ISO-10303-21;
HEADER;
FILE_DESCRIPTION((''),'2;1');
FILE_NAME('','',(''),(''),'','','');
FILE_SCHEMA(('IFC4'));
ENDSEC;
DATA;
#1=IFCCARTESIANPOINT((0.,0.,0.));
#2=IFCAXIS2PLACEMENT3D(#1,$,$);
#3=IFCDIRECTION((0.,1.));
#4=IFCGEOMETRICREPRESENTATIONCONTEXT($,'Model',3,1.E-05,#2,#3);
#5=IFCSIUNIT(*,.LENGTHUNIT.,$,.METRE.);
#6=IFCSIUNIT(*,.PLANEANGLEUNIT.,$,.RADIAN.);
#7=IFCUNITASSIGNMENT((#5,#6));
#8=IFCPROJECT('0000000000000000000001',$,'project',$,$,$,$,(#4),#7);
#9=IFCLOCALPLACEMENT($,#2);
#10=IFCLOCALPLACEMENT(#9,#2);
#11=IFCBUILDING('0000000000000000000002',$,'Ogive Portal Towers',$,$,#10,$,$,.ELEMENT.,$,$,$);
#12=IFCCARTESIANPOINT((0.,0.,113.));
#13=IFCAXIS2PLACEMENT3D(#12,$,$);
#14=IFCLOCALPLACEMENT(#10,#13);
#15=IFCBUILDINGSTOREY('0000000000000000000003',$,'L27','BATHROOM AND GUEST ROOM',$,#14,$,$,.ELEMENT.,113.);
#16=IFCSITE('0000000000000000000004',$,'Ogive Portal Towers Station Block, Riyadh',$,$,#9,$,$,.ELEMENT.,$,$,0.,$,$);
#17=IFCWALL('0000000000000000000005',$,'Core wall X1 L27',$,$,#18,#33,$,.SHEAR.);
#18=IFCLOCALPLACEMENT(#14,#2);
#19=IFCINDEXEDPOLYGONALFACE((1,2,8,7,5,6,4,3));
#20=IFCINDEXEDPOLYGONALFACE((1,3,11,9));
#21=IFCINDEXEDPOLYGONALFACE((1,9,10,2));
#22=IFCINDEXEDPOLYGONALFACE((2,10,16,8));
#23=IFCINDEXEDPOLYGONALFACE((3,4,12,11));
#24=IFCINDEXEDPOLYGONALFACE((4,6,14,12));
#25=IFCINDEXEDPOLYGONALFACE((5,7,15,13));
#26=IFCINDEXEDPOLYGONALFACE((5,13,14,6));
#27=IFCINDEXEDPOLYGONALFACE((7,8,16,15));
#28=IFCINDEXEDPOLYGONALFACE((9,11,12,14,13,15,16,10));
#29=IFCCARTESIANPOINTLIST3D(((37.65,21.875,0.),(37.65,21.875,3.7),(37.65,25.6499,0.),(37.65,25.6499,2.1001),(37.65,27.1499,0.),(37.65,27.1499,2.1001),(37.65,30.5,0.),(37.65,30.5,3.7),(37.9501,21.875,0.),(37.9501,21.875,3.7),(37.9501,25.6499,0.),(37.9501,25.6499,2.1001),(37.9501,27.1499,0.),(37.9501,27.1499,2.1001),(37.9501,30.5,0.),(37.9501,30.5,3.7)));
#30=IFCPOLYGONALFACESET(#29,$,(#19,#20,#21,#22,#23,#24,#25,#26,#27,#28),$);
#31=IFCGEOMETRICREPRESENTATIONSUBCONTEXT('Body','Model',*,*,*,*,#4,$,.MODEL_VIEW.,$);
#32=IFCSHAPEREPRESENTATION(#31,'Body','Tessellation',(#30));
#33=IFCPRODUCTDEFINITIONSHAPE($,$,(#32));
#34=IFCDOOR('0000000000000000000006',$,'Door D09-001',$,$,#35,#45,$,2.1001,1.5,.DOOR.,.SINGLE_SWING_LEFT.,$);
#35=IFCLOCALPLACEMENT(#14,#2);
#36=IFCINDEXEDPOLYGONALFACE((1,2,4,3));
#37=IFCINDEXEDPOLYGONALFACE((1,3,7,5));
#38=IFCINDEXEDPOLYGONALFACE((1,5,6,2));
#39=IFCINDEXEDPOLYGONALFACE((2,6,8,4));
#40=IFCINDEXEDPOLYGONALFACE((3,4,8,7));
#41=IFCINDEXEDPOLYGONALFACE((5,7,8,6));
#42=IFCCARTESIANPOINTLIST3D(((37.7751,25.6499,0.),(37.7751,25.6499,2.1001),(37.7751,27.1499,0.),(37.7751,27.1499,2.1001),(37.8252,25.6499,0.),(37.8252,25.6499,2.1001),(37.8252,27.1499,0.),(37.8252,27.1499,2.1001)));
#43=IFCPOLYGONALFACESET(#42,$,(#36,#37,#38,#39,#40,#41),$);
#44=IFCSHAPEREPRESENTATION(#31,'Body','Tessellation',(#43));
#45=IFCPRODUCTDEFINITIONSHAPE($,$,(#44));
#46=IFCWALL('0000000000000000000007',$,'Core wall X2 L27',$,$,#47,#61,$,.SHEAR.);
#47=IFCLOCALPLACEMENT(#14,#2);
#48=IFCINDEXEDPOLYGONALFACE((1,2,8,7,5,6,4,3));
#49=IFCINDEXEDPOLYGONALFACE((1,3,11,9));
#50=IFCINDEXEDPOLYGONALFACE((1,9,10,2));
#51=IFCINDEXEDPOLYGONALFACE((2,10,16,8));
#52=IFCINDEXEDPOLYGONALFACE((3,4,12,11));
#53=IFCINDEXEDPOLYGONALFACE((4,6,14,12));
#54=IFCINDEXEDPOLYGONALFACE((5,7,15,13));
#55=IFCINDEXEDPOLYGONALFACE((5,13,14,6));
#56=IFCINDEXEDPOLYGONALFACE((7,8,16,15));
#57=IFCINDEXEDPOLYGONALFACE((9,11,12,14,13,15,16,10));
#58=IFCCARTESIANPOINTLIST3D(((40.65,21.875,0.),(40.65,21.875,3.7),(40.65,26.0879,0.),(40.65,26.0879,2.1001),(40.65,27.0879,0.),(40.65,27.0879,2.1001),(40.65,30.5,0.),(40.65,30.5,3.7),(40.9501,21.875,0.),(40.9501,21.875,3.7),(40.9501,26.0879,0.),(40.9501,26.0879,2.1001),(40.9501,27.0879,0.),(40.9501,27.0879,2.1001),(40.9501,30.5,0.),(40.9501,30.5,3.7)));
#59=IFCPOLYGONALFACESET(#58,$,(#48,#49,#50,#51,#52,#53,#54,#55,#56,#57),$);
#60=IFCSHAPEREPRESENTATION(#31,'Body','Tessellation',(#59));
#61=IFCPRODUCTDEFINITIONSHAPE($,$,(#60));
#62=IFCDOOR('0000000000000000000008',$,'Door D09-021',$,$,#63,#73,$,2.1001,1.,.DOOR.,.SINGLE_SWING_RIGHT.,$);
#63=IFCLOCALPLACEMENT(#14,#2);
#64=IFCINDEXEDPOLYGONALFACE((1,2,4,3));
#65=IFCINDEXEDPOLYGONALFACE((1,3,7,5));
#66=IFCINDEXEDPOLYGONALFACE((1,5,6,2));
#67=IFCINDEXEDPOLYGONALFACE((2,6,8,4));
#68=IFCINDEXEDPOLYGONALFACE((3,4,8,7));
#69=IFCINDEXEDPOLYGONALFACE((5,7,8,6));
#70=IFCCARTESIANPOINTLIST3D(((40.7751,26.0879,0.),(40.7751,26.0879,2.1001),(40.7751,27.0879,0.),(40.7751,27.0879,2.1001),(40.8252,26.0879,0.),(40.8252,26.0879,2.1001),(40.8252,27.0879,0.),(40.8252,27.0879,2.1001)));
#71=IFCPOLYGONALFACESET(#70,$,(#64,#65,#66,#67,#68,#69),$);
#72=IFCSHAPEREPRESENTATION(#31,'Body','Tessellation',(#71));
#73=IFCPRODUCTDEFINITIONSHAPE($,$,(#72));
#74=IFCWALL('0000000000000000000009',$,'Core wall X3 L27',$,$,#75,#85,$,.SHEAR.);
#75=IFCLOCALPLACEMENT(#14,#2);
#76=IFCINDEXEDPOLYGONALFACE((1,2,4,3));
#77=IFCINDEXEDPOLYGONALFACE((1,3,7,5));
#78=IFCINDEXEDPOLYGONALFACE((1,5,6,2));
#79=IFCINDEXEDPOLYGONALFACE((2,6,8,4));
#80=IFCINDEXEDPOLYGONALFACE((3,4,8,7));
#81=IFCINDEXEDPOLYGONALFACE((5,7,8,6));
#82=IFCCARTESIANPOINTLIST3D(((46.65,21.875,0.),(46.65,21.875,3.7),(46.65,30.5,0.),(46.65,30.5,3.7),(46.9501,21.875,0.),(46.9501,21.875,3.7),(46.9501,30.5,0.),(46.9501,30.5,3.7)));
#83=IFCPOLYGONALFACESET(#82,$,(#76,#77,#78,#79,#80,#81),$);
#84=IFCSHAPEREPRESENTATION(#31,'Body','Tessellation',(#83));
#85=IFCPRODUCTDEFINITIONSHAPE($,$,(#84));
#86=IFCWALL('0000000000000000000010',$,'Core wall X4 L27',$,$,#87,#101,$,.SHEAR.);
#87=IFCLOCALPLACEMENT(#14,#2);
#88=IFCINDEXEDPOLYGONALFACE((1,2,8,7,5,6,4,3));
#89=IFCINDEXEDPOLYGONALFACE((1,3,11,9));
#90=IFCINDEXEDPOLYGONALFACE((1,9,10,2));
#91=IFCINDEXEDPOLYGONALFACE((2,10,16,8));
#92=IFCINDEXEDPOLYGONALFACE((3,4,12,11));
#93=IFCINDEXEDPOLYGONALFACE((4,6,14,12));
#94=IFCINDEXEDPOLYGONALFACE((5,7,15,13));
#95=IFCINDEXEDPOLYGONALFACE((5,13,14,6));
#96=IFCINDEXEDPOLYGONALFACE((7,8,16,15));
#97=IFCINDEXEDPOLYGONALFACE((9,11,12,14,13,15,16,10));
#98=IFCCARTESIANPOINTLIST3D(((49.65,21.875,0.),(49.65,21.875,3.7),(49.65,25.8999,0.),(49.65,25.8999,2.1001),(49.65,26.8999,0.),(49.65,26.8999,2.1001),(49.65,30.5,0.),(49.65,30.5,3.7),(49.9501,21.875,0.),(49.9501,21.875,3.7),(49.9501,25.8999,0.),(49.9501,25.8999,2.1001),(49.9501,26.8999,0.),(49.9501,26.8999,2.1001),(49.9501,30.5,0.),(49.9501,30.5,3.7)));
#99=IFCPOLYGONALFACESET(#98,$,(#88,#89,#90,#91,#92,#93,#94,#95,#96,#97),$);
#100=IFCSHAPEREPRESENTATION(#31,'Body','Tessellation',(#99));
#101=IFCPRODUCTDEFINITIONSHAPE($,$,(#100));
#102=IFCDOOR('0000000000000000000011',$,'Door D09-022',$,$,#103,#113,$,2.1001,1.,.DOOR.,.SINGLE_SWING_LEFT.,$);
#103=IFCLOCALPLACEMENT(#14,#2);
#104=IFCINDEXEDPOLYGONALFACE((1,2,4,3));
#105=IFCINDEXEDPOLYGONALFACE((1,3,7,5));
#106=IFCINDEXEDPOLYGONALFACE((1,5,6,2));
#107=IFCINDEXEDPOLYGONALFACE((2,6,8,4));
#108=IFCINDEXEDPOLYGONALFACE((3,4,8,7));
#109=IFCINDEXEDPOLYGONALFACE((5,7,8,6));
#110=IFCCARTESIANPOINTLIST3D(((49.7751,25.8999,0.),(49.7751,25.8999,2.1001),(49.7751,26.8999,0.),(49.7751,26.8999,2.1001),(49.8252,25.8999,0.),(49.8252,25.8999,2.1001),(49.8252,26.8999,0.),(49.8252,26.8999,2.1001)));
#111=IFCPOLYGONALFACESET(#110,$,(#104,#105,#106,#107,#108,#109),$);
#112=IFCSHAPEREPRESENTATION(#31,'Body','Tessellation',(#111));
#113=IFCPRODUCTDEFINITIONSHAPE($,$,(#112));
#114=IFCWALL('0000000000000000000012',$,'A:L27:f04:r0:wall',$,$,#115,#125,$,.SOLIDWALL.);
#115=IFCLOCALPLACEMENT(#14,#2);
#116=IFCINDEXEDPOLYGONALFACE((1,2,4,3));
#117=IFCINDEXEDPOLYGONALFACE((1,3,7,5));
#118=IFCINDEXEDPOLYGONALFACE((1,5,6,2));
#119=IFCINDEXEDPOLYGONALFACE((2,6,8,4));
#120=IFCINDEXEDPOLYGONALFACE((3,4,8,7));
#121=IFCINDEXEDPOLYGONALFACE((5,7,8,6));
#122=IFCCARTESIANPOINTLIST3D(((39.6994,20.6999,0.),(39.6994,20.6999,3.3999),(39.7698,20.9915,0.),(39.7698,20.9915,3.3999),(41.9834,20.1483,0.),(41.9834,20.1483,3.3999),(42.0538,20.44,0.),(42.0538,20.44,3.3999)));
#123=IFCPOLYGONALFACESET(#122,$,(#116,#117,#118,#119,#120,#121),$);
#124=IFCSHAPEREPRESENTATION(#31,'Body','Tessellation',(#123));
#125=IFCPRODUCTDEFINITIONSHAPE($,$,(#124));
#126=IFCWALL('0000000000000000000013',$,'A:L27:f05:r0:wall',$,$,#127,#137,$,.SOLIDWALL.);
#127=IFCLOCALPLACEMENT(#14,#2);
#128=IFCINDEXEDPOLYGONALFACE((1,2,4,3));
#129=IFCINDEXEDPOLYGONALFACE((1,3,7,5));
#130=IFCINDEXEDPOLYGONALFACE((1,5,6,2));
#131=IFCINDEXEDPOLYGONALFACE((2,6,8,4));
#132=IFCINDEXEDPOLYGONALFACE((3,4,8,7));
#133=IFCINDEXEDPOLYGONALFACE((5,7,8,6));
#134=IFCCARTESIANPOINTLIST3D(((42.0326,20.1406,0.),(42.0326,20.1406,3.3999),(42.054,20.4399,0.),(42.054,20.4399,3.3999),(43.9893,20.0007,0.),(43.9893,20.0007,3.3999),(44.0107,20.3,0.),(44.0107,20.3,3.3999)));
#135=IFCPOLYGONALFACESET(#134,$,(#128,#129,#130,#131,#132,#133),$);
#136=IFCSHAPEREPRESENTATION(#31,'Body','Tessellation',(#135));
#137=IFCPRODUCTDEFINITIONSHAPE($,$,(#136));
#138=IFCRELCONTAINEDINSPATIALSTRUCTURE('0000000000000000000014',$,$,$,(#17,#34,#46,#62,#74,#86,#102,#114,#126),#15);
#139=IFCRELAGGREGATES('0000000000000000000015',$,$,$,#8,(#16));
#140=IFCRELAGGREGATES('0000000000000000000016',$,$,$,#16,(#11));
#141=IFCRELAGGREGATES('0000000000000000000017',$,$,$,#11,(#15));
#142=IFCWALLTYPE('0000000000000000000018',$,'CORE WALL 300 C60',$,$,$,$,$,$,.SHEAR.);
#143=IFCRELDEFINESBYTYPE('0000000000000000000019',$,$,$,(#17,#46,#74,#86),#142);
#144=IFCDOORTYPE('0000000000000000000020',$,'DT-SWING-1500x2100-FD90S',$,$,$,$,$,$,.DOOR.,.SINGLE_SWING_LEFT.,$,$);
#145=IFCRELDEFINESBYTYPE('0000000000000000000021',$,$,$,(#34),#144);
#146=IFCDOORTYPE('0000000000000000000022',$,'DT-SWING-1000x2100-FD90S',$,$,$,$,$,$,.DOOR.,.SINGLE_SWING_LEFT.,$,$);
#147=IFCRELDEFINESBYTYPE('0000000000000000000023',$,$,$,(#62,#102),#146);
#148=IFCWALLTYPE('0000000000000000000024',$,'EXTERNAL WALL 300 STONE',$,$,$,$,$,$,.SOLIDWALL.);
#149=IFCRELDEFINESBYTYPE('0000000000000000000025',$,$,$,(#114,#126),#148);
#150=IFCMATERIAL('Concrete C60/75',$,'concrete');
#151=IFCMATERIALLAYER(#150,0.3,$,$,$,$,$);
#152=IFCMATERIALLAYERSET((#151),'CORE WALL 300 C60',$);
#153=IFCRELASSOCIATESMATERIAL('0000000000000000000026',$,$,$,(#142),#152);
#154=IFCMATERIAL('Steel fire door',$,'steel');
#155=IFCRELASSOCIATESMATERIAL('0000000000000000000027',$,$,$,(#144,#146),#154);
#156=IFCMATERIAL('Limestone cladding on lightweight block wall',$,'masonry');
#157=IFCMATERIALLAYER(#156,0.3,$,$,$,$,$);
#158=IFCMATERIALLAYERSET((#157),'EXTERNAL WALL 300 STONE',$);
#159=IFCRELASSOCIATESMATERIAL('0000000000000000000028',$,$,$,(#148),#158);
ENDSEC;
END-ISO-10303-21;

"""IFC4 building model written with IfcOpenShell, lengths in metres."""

from ifc_helpers import new_model, si_unit, direction, frame, frame_2d, origin, place, context, subcontext, project, spatial, rectangle, extrude, material, layer, layer_set, type_object, element, fill, save


model = new_model("IFC4")

# Units and contexts
model_context = context("Model", 3, precision=1e-05, world=origin(), true_north=direction((0.0, 1.0)))
body_context = subcontext(model_context, "Body", "Model", "MODEL_VIEW")
ifc_project = project(units=[si_unit("LENGTHUNIT", "METRE"), si_unit("PLANEANGLEUNIT", "RADIAN")], contexts=[model_context])

# Site, building, storey
site_placement = place(None, origin())
site = spatial("IfcSite", under=ifc_project, at=site_placement, Name="Ogive Portal Towers Station Block, Riyadh", CompositionType="ELEMENT", RefElevation=0.0)
building_placement = place(site_placement, origin())
building = spatial("IfcBuilding", under=site, at=building_placement, Name="Ogive Portal Towers", CompositionType="ELEMENT")
storey_placement = place(building_placement, frame((0.0, 0.0, 113.0)))
storey = spatial("IfcBuildingStorey", under=building, at=storey_placement, Name="L27", Description="BATHROOM AND GUEST ROOM", CompositionType="ELEMENT", Elevation=113.0)

# Walls, openings, doors
ifc_material_1 = material(Name="Concrete C60/75", Category="concrete")
ifc_layer_1 = layer(ifc_material_1, 0.3)
ifc_layer_set_1 = layer_set([ifc_layer_1], Name="CORE WALL 300 C60")
wall_type_1 = type_object("IfcWallType", Name="CORE WALL 300 C60", PredefinedType="SHEAR", material=ifc_layer_set_1)
wall_1_placement = place(storey_placement, frame((37.8, 21.875, 0.0), z_axis=(0.0, 0.0, 1.0), x_axis=(0.0, 1.0, 0.0)))
wall_1 = element("IfcWall", 1, at=wall_1_placement, inside=storey, type_object=wall_type_1, Name="Core wall X1 L27", PredefinedType="SHEAR", context=body_context, shape_type="SweptSolid", body=[
    extrude(rectangle(XDim=8.625, YDim=0.3, at=frame_2d((4.3125, 0.0))), origin(), (0.0, 0.0, 1.0), 3.7),
])
opening_1_placement = place(wall_1_placement, frame((3.7749, 0.0, 0.0)))
opening_1 = element("IfcOpeningElement", 2, at=opening_1_placement, cuts=wall_1, PredefinedType="OPENING", context=body_context, shape_type="SweptSolid", body=[
    extrude(rectangle(XDim=1.5, YDim=2.1001, at=frame_2d((0.75, 1.05))), frame((0.0, 0.1602, 0.0), z_axis=(0.0, -1.0, 0.0), x_axis=(1.0, 0.0, 0.0)), (0.0, 0.0, 1.0), 0.3201),
])
ifc_material_2 = material(Name="Steel fire door", Category="steel")
door_type_1 = type_object("IfcDoorType", Name="DT-SWING-1500x2100-FD90S", OperationType="SINGLE_SWING_LEFT", PredefinedType="DOOR", material=ifc_material_2)
door_1_placement = place(opening_1_placement, origin())
door_1 = element("IfcDoor", 3, at=door_1_placement, inside=storey, type_object=door_type_1, Name="Door D09-001", OperationType="SINGLE_SWING_LEFT", OverallHeight=2.1001, OverallWidth=1.5, PredefinedType="DOOR", context=body_context, shape_type="SweptSolid", body=[
    extrude(rectangle(XDim=1.5, YDim=2.1001, at=frame_2d((0.75, 1.05))), frame((0.0, 0.0249, 0.0), z_axis=(0.0, -1.0, 0.0), x_axis=(1.0, 0.0, 0.0)), (0.0, 0.0, 1.0), 0.05),
])
fill(opening_1, door_1)
wall_2_placement = place(storey_placement, frame((40.8, 21.875, 0.0), z_axis=(0.0, 0.0, 1.0), x_axis=(0.0, 1.0, 0.0)))
wall_2 = element("IfcWall", 4, at=wall_2_placement, inside=storey, type_object=wall_type_1, Name="Core wall X2 L27", PredefinedType="SHEAR", context=body_context, shape_type="SweptSolid", body=[
    extrude(rectangle(XDim=8.625, YDim=0.3, at=frame_2d((4.3125, 0.0))), origin(), (0.0, 0.0, 1.0), 3.7),
])
opening_2_placement = place(wall_2_placement, frame((4.2129, 0.0, 0.0)))
opening_2 = element("IfcOpeningElement", 5, at=opening_2_placement, cuts=wall_2, PredefinedType="OPENING", context=body_context, shape_type="SweptSolid", body=[
    extrude(rectangle(XDim=1.0, YDim=2.1001, at=frame_2d((0.5, 1.05))), frame((0.0, 0.1602, 0.0), z_axis=(0.0, -1.0, 0.0), x_axis=(1.0, 0.0, 0.0)), (0.0, 0.0, 1.0), 0.3201),
])
door_type_2 = type_object("IfcDoorType", Name="DT-SWING-1000x2100-FD90S", OperationType="SINGLE_SWING_LEFT", PredefinedType="DOOR", material=ifc_material_2)
door_2_placement = place(opening_2_placement, origin())
door_2 = element("IfcDoor", 6, at=door_2_placement, inside=storey, type_object=door_type_2, Name="Door D09-021", OperationType="SINGLE_SWING_RIGHT", OverallHeight=2.1001, OverallWidth=1.0, PredefinedType="DOOR", context=body_context, shape_type="SweptSolid", body=[
    extrude(rectangle(XDim=1.0, YDim=2.1001, at=frame_2d((0.5, 1.05))), frame((0.0, 0.0249, 0.0), z_axis=(0.0, -1.0, 0.0), x_axis=(1.0, 0.0, 0.0)), (0.0, 0.0, 1.0), 0.05),
])
fill(opening_2, door_2)

# Wall
wall_3_placement = place(storey_placement, frame((46.8, 21.875, 0.0), z_axis=(0.0, 0.0, 1.0), x_axis=(0.0, 1.0, 0.0)))
element("IfcWall", 7, at=wall_3_placement, inside=storey, type_object=wall_type_1, Name="Core wall X3 L27", PredefinedType="SHEAR", context=body_context, shape_type="SweptSolid", body=[
    extrude(rectangle(XDim=8.625, YDim=0.3, at=frame_2d((4.3125, 0.0))), origin(), (0.0, 0.0, 1.0), 3.7),
])

# Wall, opening, door
wall_4_placement = place(storey_placement, frame((49.8, 21.875, 0.0), z_axis=(0.0, 0.0, 1.0), x_axis=(0.0, 1.0, 0.0)))
wall_4 = element("IfcWall", 8, at=wall_4_placement, inside=storey, type_object=wall_type_1, Name="Core wall X4 L27", PredefinedType="SHEAR", context=body_context, shape_type="SweptSolid", body=[
    extrude(rectangle(XDim=8.625, YDim=0.3, at=frame_2d((4.3125, 0.0))), origin(), (0.0, 0.0, 1.0), 3.7),
])
opening_3_placement = place(wall_4_placement, frame((4.0249, 0.0, 0.0)))
opening_3 = element("IfcOpeningElement", 9, at=opening_3_placement, cuts=wall_4, PredefinedType="OPENING", context=body_context, shape_type="SweptSolid", body=[
    extrude(rectangle(XDim=1.0, YDim=2.1001, at=frame_2d((0.5, 1.05))), frame((0.0, 0.1602, 0.0), z_axis=(0.0, -1.0, 0.0), x_axis=(1.0, 0.0, 0.0)), (0.0, 0.0, 1.0), 0.3201),
])
door_3_placement = place(opening_3_placement, origin())
door_3 = element("IfcDoor", 10, at=door_3_placement, inside=storey, type_object=door_type_2, Name="Door D09-022", OperationType="SINGLE_SWING_LEFT", OverallHeight=2.1001, OverallWidth=1.0, PredefinedType="DOOR", context=body_context, shape_type="SweptSolid", body=[
    extrude(rectangle(XDim=1.0, YDim=2.1001, at=frame_2d((0.5, 1.05))), frame((0.0, 0.0249, 0.0), z_axis=(0.0, -1.0, 0.0), x_axis=(1.0, 0.0, 0.0)), (0.0, 0.0, 1.0), 0.05),
])
fill(opening_3, door_3)

# Walls
ifc_material_3 = material(Name="Limestone cladding on lightweight block wall", Category="masonry")
ifc_layer_2 = layer(ifc_material_3, 0.3)
ifc_layer_set_2 = layer_set([ifc_layer_2], Name="EXTERNAL WALL 300 STONE")
wall_type_2 = type_object("IfcWallType", Name="EXTERNAL WALL 300 STONE", PredefinedType="SOLIDWALL", material=ifc_layer_set_2)
wall_5_placement = place(storey_placement, frame((39.7346, 20.8457, 0.0), z_axis=(0.0, 0.0, 1.0), x_axis=(0.972061, -0.234729, 0.0)))
element("IfcWall", 11, at=wall_5_placement, inside=storey, type_object=wall_type_2, Name="A:L27:f04:r0:wall", PredefinedType="SOLIDWALL", context=body_context, shape_type="SweptSolid", body=[
    extrude(rectangle(XDim=2.3496, YDim=0.3, at=frame_2d((1.1748, 0.0))), origin(), (0.0, 0.0, 1.0), 3.3999),
])
wall_6_placement = place(storey_placement, frame((42.0432, 20.2903, 0.0), z_axis=(0.0, 0.0, 1.0), x_axis=(0.997454, -0.071309, 0.0)))
element("IfcWall", 12, at=wall_6_placement, inside=storey, type_object=wall_type_2, Name="A:L27:f05:r0:wall", PredefinedType="SOLIDWALL", context=body_context, shape_type="SweptSolid", body=[
    extrude(rectangle(XDim=1.9617, YDim=0.3, at=frame_2d((0.981, 0.0))), origin(), (0.0, 0.0, 1.0), 3.3999),
])

save(model, "model.ifc")
